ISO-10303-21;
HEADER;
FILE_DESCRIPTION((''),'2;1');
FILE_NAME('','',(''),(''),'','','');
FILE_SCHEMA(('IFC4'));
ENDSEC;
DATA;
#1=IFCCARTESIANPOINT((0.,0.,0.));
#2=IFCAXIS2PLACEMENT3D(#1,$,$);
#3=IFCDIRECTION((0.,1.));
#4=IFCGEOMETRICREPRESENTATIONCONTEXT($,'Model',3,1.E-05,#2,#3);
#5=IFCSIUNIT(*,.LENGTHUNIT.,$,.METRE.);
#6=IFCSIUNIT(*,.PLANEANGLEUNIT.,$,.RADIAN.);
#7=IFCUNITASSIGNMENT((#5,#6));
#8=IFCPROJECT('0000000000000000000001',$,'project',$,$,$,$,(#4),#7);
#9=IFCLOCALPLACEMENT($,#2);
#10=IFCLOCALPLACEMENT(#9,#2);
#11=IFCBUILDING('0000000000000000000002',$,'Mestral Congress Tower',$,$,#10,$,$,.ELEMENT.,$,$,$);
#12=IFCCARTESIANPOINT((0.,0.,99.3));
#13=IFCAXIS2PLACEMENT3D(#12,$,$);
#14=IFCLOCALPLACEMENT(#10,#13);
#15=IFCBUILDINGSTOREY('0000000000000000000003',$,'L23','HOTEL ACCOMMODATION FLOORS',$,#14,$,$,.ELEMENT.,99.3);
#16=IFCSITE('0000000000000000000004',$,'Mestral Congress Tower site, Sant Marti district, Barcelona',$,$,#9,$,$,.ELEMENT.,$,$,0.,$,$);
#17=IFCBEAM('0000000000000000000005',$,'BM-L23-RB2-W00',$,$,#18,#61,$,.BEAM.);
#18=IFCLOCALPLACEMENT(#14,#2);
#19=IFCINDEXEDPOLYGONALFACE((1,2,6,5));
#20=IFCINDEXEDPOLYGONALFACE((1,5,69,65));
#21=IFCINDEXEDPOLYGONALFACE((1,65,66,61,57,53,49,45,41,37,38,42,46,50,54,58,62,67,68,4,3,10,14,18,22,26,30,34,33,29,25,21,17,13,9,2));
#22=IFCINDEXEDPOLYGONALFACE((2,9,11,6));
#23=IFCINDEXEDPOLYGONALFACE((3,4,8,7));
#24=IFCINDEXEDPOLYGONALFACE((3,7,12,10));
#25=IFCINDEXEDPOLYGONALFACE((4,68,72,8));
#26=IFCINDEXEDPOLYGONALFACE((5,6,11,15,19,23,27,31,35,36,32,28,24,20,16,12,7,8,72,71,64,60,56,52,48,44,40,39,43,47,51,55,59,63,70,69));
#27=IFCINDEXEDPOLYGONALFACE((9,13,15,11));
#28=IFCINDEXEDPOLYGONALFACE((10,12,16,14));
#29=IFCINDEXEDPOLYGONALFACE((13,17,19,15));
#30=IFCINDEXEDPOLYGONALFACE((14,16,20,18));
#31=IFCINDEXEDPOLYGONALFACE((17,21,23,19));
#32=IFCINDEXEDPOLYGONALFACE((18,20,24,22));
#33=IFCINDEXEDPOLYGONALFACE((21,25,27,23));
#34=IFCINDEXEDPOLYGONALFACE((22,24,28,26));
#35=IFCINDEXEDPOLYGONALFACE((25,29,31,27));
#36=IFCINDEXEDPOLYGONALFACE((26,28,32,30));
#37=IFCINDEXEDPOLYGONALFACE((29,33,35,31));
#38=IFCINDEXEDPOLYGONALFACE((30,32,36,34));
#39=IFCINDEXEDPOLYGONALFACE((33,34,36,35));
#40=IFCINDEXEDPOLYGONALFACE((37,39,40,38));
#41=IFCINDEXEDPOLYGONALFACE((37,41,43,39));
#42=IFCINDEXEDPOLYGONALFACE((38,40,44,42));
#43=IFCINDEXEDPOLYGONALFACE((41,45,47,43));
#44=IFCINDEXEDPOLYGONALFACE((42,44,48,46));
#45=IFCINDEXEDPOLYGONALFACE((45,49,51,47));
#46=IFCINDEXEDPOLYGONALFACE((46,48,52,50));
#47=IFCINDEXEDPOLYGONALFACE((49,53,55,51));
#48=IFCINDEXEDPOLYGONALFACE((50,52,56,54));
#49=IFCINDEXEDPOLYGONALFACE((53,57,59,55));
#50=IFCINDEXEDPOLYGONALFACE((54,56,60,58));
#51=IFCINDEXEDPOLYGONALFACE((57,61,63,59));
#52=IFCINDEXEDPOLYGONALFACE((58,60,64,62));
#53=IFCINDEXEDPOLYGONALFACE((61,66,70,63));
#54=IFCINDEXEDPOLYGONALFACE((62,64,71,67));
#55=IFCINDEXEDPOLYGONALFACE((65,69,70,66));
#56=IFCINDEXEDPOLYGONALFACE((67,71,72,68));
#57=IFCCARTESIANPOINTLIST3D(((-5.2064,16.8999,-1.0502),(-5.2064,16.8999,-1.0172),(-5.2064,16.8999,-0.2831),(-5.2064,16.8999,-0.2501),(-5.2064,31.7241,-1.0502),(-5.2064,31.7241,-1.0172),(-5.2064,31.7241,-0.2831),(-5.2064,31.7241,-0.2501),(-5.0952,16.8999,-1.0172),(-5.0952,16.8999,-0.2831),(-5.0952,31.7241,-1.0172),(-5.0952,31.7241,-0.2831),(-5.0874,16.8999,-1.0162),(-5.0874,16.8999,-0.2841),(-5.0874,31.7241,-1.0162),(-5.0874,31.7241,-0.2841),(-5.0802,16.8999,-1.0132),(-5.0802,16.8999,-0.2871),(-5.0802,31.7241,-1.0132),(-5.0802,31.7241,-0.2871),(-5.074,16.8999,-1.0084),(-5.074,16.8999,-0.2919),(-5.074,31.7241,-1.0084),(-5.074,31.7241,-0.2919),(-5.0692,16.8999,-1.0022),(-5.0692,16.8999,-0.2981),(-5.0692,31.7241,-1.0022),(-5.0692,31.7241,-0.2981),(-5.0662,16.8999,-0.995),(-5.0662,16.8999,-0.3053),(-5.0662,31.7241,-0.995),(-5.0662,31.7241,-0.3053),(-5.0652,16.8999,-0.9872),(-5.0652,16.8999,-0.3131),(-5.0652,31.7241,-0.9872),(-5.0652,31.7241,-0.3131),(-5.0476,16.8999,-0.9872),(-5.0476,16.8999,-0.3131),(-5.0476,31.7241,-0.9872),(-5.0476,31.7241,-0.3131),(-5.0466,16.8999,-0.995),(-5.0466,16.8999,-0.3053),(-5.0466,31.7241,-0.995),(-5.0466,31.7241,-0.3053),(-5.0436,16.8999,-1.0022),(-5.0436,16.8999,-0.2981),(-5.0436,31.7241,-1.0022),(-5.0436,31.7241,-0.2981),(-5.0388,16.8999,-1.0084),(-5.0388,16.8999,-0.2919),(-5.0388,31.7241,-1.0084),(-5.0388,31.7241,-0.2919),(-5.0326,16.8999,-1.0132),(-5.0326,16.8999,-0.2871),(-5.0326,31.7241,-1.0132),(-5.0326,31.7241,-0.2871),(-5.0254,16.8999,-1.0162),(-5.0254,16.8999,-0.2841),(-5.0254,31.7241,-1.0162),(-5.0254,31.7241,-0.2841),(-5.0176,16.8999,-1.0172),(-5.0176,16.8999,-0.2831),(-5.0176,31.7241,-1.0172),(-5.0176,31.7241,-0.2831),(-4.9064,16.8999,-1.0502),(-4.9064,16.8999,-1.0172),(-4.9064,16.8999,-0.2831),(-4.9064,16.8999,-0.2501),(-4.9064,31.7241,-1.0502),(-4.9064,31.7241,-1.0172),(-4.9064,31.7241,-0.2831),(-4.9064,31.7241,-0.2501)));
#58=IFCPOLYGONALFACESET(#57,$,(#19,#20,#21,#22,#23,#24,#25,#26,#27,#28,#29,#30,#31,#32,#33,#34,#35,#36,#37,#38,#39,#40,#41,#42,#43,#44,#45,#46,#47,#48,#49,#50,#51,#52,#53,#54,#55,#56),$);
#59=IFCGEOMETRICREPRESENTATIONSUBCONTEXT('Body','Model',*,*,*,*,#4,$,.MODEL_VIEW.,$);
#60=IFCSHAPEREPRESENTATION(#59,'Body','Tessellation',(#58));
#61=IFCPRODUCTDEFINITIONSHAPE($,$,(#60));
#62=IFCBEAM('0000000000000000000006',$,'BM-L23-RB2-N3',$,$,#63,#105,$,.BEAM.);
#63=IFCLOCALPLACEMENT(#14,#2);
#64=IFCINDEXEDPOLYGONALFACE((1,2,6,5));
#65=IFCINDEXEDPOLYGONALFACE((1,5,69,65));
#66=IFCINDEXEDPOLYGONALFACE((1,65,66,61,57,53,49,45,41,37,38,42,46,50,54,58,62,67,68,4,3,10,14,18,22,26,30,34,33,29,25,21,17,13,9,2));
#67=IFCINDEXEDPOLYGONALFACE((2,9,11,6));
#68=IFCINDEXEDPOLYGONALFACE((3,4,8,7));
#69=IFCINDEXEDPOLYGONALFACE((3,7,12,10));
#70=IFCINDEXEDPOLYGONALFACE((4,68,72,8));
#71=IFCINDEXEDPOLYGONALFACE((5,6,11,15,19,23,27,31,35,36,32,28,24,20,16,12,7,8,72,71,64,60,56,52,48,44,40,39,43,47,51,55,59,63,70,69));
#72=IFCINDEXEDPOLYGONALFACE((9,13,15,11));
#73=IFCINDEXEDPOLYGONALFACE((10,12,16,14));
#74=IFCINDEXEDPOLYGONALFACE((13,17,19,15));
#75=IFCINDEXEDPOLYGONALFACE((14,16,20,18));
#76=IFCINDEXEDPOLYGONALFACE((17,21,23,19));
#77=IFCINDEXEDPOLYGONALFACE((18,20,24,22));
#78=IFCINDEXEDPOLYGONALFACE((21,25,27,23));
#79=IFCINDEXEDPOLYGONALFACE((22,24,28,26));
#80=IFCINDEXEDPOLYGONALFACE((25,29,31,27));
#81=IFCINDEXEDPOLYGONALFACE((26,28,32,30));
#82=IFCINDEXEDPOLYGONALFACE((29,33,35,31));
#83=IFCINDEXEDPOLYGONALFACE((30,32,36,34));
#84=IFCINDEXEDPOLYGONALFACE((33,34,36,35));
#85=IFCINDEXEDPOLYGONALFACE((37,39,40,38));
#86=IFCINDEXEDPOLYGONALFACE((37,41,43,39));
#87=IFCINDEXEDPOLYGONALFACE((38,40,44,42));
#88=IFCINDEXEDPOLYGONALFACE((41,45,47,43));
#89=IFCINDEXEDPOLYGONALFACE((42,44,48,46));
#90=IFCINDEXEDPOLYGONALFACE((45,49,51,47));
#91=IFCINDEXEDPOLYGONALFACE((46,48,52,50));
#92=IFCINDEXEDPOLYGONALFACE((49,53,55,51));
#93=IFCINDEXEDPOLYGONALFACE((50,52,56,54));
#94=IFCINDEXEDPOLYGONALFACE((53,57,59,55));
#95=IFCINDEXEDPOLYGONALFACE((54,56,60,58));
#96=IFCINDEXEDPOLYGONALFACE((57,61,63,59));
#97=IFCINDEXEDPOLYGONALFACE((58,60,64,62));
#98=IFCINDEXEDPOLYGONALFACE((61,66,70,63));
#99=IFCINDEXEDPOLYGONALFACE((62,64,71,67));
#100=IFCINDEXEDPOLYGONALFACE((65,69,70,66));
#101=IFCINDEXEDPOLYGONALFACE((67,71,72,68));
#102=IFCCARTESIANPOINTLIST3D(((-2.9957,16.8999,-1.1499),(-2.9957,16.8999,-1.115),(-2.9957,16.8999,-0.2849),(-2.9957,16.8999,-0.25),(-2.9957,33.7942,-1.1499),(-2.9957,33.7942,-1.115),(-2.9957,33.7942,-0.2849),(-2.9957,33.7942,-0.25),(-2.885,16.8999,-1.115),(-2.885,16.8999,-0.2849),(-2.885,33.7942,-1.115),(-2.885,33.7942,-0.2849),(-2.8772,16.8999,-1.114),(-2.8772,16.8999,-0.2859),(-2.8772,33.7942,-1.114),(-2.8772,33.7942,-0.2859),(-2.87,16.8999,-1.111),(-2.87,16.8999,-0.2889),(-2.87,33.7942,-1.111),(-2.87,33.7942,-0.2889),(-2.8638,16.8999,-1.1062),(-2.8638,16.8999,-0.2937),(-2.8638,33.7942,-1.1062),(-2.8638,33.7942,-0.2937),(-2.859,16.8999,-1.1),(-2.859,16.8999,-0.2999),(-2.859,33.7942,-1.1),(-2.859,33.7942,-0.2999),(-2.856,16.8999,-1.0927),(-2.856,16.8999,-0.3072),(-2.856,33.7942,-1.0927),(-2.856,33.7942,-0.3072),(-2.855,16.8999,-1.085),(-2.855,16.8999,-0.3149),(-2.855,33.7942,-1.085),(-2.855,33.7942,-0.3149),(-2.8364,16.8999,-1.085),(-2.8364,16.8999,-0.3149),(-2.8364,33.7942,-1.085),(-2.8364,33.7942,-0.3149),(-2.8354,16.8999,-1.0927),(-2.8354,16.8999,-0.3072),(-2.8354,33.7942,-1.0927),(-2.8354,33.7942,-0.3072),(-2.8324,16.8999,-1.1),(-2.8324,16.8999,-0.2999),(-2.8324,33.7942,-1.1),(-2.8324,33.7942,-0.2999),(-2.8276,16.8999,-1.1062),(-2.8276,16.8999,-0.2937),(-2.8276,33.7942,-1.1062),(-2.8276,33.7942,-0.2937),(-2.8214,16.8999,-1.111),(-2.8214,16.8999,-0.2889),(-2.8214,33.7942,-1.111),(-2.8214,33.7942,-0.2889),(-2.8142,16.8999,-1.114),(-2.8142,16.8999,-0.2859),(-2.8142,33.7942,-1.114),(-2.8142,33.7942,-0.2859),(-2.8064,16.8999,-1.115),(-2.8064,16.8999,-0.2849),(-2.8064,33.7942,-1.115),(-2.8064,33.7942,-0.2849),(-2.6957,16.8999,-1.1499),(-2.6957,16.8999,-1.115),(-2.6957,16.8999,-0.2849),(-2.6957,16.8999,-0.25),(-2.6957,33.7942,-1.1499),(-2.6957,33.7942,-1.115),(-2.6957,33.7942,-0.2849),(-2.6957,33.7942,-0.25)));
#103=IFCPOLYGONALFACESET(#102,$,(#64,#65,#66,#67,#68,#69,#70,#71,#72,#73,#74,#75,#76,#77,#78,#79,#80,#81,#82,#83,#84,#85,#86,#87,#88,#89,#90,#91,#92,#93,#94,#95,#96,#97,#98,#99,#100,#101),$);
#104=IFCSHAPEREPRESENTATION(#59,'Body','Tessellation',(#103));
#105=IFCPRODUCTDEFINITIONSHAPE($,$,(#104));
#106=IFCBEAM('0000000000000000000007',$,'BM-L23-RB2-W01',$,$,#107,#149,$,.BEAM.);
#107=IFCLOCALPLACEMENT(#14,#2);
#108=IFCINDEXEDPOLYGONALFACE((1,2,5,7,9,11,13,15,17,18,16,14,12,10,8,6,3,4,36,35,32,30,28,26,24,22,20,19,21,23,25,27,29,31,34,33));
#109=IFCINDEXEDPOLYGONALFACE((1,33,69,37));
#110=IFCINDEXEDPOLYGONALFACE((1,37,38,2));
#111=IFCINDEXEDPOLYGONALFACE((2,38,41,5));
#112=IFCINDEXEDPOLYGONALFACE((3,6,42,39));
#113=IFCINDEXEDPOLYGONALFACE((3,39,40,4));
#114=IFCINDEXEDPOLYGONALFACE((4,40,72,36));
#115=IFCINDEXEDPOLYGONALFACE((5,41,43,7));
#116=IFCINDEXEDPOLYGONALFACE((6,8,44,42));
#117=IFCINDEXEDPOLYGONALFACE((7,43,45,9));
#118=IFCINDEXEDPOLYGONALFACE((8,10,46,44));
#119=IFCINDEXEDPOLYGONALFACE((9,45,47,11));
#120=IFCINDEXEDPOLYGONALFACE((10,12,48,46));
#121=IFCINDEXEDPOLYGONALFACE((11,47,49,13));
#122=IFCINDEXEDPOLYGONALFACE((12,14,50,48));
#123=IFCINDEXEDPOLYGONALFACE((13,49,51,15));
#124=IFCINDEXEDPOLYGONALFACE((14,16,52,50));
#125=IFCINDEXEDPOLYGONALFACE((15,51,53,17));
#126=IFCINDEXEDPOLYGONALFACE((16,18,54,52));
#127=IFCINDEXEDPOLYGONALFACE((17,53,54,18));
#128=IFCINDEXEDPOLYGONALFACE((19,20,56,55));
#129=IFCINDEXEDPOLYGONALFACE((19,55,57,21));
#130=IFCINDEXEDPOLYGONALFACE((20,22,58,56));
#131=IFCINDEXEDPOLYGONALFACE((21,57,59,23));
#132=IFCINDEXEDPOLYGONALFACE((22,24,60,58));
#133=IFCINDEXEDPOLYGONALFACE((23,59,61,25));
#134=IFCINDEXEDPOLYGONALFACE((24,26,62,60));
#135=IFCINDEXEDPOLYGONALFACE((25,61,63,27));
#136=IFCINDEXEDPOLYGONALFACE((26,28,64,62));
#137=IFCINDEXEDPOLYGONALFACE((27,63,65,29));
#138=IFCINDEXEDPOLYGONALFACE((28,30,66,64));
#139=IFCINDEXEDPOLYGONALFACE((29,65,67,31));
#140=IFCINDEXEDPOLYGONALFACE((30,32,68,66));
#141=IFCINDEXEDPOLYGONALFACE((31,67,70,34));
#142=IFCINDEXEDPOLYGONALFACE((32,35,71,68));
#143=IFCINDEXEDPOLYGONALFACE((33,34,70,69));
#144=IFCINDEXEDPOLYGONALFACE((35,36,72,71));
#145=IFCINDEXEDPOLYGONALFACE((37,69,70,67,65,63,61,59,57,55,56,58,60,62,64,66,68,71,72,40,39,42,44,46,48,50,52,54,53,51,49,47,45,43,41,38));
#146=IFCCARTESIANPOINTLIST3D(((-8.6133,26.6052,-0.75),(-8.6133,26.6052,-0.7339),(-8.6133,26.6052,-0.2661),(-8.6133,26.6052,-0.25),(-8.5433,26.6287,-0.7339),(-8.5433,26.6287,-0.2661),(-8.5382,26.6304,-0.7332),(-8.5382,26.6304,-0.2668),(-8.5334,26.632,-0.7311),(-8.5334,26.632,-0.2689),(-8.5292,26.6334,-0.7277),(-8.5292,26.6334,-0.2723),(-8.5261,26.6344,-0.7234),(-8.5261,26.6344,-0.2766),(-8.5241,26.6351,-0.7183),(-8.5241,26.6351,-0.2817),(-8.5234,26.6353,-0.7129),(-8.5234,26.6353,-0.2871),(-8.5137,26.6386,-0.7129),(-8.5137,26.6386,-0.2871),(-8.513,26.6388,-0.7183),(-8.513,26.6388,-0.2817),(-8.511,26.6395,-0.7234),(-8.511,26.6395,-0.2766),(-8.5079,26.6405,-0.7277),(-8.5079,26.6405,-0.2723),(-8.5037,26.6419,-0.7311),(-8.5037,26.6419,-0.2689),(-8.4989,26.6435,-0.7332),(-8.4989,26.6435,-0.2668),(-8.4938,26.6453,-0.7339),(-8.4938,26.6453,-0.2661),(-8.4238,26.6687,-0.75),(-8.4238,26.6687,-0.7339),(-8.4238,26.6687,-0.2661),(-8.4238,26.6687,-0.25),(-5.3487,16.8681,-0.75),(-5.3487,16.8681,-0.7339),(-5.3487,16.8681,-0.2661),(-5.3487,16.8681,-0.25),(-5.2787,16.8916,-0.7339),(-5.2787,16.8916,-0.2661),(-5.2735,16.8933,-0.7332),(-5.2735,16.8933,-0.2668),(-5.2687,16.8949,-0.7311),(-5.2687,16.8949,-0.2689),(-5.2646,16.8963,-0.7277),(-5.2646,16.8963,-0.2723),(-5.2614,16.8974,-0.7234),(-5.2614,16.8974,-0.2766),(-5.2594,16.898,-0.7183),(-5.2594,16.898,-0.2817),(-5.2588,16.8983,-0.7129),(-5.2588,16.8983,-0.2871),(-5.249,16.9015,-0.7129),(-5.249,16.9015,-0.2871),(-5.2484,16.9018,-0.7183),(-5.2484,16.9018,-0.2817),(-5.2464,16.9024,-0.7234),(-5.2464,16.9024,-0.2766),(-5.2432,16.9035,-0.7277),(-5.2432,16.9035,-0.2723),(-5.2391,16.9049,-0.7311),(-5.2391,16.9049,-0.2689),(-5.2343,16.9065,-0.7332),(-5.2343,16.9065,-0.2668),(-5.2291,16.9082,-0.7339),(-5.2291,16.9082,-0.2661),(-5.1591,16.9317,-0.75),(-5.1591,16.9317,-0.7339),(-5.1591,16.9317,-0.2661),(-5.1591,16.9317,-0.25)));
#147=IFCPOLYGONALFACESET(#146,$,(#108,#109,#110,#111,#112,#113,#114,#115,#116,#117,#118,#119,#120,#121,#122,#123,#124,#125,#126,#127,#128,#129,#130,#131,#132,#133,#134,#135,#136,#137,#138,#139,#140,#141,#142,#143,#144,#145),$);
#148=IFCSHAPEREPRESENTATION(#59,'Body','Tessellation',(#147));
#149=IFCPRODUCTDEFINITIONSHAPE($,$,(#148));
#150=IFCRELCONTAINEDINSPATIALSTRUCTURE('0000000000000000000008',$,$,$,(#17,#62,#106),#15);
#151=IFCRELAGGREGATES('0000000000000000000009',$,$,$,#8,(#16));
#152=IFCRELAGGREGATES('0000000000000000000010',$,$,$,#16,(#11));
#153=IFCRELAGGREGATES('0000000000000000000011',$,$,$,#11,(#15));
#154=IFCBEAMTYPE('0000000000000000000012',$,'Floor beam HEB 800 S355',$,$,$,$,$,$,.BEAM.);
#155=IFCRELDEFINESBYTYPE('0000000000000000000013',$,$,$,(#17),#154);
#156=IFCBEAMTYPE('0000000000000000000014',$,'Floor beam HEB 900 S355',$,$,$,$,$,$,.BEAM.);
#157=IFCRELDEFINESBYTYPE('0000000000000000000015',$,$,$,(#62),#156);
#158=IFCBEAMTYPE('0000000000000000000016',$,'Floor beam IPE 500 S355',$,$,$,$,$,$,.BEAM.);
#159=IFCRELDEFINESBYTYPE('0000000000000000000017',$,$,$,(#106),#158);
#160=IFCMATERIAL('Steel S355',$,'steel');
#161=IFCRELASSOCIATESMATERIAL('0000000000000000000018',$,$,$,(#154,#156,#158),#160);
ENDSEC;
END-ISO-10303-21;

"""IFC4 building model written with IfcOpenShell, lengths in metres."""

from ifc_helpers import new_model, si_unit, direction, frame, origin, origin_2d, place, context, subcontext, project, spatial, i_section, extrude, material, material_profile, profile_set, type_object, element, save


model = new_model("IFC4")

# Units and contexts
model_context = context("Model", 3, precision=1e-05, world=origin(), true_north=direction((0.0, 1.0)))
body_context = subcontext(model_context, "Body", "Model", "MODEL_VIEW")
ifc_project = project(units=[si_unit("LENGTHUNIT", "METRE"), si_unit("PLANEANGLEUNIT", "RADIAN")], contexts=[model_context])

# Site, building, storey
site_placement = place(None, origin())
site = spatial("IfcSite", under=ifc_project, at=site_placement, Name="Mestral Congress Tower site, Sant Marti district, Barcelona", CompositionType="ELEMENT", RefElevation=0.0)
building_placement = place(site_placement, origin())
building = spatial("IfcBuilding", under=site, at=building_placement, Name="Mestral Congress Tower", CompositionType="ELEMENT")
storey_placement = place(building_placement, frame((0.0, 0.0, 99.3)))
storey = spatial("IfcBuildingStorey", under=building, at=storey_placement, Name="L23", Description="HOTEL ACCOMMODATION FLOORS", CompositionType="ELEMENT", Elevation=99.3)

# Beams
ifc_material_1 = material(Name="Steel S355", Category="steel")
ifc_material_profile_1 = material_profile(ifc_material_1, i_section(OverallWidth=0.3, OverallDepth=0.8, WebThickness=0.0176, FlangeThickness=0.033, FilletRadius=0.03, at=origin_2d()), Name="HEB 800")
ifc_profile_set_1 = profile_set([ifc_material_profile_1], Name="Steel S355")
beam_type_1 = type_object("IfcBeamType", Name="Floor beam HEB 800 S355", PredefinedType="BEAM", material=ifc_profile_set_1)
beam_1_placement = place(storey_placement, frame((-5.0564, 31.7241, -0.6501), z_axis=(0.0, -1.0, 0.0), x_axis=(1.0, 0.0, 0.0)))
element("IfcBeam", 1, at=beam_1_placement, inside=storey, type_object=beam_type_1, Name="BM-L23-RB2-W00", PredefinedType="BEAM", context=body_context, shape_type="SweptSolid", body=[
    extrude(i_section(OverallWidth=0.3, OverallDepth=0.8, WebThickness=0.0176, FlangeThickness=0.033, FilletRadius=0.03, at=origin_2d()), origin(), (0.0, 0.0, 1.0), 14.8242),
])
ifc_material_profile_2 = material_profile(ifc_material_1, i_section(OverallWidth=0.3, OverallDepth=0.8999, WebThickness=0.0186, FlangeThickness=0.0349, FilletRadius=0.03, at=origin_2d()), Name="HEB 900")
ifc_profile_set_2 = profile_set([ifc_material_profile_2], Name="Steel S355")
beam_type_2 = type_object("IfcBeamType", Name="Floor beam HEB 900 S355", PredefinedType="BEAM", material=ifc_profile_set_2)
beam_2_placement = place(storey_placement, frame((-2.8457, 33.7942, -0.7), z_axis=(0.0, -1.0, 0.0), x_axis=(1.0, 0.0, 0.0)))
element("IfcBeam", 2, at=beam_2_placement, inside=storey, type_object=beam_type_2, Name="BM-L23-RB2-N3", PredefinedType="BEAM", context=body_context, shape_type="SweptSolid", body=[
    extrude(i_section(OverallWidth=0.3, OverallDepth=0.8999, WebThickness=0.0186, FlangeThickness=0.0349, FilletRadius=0.03, at=origin_2d()), origin(), (0.0, 0.0, 1.0), 16.8943),
])
ifc_material_profile_3 = material_profile(ifc_material_1, i_section(OverallWidth=0.2, OverallDepth=0.5, WebThickness=0.0103, FlangeThickness=0.0161, FilletRadius=0.021, at=origin_2d()), Name="IPE 500")
ifc_profile_set_3 = profile_set([ifc_material_profile_3], Name="Steel S355")
beam_type_3 = type_object("IfcBeamType", Name="Floor beam IPE 500 S355", PredefinedType="BEAM", material=ifc_profile_set_3)
beam_3_placement = place(storey_placement, frame((-8.5186, 26.637, -0.5), z_axis=(0.317889, -0.948128, 0.0), x_axis=(0.948128, 0.317889, 0.0)))
element("IfcBeam", 3, at=beam_3_placement, inside=storey, type_object=beam_type_3, Name="BM-L23-RB2-W01", PredefinedType="BEAM", context=body_context, shape_type="SweptSolid", body=[
    extrude(i_section(OverallWidth=0.2, OverallDepth=0.5, WebThickness=0.0103, FlangeThickness=0.0161, FilletRadius=0.021, at=origin_2d()), origin(), (0.0, 0.0, 1.0), 10.2698),
])

save(model, "model.ifc")
